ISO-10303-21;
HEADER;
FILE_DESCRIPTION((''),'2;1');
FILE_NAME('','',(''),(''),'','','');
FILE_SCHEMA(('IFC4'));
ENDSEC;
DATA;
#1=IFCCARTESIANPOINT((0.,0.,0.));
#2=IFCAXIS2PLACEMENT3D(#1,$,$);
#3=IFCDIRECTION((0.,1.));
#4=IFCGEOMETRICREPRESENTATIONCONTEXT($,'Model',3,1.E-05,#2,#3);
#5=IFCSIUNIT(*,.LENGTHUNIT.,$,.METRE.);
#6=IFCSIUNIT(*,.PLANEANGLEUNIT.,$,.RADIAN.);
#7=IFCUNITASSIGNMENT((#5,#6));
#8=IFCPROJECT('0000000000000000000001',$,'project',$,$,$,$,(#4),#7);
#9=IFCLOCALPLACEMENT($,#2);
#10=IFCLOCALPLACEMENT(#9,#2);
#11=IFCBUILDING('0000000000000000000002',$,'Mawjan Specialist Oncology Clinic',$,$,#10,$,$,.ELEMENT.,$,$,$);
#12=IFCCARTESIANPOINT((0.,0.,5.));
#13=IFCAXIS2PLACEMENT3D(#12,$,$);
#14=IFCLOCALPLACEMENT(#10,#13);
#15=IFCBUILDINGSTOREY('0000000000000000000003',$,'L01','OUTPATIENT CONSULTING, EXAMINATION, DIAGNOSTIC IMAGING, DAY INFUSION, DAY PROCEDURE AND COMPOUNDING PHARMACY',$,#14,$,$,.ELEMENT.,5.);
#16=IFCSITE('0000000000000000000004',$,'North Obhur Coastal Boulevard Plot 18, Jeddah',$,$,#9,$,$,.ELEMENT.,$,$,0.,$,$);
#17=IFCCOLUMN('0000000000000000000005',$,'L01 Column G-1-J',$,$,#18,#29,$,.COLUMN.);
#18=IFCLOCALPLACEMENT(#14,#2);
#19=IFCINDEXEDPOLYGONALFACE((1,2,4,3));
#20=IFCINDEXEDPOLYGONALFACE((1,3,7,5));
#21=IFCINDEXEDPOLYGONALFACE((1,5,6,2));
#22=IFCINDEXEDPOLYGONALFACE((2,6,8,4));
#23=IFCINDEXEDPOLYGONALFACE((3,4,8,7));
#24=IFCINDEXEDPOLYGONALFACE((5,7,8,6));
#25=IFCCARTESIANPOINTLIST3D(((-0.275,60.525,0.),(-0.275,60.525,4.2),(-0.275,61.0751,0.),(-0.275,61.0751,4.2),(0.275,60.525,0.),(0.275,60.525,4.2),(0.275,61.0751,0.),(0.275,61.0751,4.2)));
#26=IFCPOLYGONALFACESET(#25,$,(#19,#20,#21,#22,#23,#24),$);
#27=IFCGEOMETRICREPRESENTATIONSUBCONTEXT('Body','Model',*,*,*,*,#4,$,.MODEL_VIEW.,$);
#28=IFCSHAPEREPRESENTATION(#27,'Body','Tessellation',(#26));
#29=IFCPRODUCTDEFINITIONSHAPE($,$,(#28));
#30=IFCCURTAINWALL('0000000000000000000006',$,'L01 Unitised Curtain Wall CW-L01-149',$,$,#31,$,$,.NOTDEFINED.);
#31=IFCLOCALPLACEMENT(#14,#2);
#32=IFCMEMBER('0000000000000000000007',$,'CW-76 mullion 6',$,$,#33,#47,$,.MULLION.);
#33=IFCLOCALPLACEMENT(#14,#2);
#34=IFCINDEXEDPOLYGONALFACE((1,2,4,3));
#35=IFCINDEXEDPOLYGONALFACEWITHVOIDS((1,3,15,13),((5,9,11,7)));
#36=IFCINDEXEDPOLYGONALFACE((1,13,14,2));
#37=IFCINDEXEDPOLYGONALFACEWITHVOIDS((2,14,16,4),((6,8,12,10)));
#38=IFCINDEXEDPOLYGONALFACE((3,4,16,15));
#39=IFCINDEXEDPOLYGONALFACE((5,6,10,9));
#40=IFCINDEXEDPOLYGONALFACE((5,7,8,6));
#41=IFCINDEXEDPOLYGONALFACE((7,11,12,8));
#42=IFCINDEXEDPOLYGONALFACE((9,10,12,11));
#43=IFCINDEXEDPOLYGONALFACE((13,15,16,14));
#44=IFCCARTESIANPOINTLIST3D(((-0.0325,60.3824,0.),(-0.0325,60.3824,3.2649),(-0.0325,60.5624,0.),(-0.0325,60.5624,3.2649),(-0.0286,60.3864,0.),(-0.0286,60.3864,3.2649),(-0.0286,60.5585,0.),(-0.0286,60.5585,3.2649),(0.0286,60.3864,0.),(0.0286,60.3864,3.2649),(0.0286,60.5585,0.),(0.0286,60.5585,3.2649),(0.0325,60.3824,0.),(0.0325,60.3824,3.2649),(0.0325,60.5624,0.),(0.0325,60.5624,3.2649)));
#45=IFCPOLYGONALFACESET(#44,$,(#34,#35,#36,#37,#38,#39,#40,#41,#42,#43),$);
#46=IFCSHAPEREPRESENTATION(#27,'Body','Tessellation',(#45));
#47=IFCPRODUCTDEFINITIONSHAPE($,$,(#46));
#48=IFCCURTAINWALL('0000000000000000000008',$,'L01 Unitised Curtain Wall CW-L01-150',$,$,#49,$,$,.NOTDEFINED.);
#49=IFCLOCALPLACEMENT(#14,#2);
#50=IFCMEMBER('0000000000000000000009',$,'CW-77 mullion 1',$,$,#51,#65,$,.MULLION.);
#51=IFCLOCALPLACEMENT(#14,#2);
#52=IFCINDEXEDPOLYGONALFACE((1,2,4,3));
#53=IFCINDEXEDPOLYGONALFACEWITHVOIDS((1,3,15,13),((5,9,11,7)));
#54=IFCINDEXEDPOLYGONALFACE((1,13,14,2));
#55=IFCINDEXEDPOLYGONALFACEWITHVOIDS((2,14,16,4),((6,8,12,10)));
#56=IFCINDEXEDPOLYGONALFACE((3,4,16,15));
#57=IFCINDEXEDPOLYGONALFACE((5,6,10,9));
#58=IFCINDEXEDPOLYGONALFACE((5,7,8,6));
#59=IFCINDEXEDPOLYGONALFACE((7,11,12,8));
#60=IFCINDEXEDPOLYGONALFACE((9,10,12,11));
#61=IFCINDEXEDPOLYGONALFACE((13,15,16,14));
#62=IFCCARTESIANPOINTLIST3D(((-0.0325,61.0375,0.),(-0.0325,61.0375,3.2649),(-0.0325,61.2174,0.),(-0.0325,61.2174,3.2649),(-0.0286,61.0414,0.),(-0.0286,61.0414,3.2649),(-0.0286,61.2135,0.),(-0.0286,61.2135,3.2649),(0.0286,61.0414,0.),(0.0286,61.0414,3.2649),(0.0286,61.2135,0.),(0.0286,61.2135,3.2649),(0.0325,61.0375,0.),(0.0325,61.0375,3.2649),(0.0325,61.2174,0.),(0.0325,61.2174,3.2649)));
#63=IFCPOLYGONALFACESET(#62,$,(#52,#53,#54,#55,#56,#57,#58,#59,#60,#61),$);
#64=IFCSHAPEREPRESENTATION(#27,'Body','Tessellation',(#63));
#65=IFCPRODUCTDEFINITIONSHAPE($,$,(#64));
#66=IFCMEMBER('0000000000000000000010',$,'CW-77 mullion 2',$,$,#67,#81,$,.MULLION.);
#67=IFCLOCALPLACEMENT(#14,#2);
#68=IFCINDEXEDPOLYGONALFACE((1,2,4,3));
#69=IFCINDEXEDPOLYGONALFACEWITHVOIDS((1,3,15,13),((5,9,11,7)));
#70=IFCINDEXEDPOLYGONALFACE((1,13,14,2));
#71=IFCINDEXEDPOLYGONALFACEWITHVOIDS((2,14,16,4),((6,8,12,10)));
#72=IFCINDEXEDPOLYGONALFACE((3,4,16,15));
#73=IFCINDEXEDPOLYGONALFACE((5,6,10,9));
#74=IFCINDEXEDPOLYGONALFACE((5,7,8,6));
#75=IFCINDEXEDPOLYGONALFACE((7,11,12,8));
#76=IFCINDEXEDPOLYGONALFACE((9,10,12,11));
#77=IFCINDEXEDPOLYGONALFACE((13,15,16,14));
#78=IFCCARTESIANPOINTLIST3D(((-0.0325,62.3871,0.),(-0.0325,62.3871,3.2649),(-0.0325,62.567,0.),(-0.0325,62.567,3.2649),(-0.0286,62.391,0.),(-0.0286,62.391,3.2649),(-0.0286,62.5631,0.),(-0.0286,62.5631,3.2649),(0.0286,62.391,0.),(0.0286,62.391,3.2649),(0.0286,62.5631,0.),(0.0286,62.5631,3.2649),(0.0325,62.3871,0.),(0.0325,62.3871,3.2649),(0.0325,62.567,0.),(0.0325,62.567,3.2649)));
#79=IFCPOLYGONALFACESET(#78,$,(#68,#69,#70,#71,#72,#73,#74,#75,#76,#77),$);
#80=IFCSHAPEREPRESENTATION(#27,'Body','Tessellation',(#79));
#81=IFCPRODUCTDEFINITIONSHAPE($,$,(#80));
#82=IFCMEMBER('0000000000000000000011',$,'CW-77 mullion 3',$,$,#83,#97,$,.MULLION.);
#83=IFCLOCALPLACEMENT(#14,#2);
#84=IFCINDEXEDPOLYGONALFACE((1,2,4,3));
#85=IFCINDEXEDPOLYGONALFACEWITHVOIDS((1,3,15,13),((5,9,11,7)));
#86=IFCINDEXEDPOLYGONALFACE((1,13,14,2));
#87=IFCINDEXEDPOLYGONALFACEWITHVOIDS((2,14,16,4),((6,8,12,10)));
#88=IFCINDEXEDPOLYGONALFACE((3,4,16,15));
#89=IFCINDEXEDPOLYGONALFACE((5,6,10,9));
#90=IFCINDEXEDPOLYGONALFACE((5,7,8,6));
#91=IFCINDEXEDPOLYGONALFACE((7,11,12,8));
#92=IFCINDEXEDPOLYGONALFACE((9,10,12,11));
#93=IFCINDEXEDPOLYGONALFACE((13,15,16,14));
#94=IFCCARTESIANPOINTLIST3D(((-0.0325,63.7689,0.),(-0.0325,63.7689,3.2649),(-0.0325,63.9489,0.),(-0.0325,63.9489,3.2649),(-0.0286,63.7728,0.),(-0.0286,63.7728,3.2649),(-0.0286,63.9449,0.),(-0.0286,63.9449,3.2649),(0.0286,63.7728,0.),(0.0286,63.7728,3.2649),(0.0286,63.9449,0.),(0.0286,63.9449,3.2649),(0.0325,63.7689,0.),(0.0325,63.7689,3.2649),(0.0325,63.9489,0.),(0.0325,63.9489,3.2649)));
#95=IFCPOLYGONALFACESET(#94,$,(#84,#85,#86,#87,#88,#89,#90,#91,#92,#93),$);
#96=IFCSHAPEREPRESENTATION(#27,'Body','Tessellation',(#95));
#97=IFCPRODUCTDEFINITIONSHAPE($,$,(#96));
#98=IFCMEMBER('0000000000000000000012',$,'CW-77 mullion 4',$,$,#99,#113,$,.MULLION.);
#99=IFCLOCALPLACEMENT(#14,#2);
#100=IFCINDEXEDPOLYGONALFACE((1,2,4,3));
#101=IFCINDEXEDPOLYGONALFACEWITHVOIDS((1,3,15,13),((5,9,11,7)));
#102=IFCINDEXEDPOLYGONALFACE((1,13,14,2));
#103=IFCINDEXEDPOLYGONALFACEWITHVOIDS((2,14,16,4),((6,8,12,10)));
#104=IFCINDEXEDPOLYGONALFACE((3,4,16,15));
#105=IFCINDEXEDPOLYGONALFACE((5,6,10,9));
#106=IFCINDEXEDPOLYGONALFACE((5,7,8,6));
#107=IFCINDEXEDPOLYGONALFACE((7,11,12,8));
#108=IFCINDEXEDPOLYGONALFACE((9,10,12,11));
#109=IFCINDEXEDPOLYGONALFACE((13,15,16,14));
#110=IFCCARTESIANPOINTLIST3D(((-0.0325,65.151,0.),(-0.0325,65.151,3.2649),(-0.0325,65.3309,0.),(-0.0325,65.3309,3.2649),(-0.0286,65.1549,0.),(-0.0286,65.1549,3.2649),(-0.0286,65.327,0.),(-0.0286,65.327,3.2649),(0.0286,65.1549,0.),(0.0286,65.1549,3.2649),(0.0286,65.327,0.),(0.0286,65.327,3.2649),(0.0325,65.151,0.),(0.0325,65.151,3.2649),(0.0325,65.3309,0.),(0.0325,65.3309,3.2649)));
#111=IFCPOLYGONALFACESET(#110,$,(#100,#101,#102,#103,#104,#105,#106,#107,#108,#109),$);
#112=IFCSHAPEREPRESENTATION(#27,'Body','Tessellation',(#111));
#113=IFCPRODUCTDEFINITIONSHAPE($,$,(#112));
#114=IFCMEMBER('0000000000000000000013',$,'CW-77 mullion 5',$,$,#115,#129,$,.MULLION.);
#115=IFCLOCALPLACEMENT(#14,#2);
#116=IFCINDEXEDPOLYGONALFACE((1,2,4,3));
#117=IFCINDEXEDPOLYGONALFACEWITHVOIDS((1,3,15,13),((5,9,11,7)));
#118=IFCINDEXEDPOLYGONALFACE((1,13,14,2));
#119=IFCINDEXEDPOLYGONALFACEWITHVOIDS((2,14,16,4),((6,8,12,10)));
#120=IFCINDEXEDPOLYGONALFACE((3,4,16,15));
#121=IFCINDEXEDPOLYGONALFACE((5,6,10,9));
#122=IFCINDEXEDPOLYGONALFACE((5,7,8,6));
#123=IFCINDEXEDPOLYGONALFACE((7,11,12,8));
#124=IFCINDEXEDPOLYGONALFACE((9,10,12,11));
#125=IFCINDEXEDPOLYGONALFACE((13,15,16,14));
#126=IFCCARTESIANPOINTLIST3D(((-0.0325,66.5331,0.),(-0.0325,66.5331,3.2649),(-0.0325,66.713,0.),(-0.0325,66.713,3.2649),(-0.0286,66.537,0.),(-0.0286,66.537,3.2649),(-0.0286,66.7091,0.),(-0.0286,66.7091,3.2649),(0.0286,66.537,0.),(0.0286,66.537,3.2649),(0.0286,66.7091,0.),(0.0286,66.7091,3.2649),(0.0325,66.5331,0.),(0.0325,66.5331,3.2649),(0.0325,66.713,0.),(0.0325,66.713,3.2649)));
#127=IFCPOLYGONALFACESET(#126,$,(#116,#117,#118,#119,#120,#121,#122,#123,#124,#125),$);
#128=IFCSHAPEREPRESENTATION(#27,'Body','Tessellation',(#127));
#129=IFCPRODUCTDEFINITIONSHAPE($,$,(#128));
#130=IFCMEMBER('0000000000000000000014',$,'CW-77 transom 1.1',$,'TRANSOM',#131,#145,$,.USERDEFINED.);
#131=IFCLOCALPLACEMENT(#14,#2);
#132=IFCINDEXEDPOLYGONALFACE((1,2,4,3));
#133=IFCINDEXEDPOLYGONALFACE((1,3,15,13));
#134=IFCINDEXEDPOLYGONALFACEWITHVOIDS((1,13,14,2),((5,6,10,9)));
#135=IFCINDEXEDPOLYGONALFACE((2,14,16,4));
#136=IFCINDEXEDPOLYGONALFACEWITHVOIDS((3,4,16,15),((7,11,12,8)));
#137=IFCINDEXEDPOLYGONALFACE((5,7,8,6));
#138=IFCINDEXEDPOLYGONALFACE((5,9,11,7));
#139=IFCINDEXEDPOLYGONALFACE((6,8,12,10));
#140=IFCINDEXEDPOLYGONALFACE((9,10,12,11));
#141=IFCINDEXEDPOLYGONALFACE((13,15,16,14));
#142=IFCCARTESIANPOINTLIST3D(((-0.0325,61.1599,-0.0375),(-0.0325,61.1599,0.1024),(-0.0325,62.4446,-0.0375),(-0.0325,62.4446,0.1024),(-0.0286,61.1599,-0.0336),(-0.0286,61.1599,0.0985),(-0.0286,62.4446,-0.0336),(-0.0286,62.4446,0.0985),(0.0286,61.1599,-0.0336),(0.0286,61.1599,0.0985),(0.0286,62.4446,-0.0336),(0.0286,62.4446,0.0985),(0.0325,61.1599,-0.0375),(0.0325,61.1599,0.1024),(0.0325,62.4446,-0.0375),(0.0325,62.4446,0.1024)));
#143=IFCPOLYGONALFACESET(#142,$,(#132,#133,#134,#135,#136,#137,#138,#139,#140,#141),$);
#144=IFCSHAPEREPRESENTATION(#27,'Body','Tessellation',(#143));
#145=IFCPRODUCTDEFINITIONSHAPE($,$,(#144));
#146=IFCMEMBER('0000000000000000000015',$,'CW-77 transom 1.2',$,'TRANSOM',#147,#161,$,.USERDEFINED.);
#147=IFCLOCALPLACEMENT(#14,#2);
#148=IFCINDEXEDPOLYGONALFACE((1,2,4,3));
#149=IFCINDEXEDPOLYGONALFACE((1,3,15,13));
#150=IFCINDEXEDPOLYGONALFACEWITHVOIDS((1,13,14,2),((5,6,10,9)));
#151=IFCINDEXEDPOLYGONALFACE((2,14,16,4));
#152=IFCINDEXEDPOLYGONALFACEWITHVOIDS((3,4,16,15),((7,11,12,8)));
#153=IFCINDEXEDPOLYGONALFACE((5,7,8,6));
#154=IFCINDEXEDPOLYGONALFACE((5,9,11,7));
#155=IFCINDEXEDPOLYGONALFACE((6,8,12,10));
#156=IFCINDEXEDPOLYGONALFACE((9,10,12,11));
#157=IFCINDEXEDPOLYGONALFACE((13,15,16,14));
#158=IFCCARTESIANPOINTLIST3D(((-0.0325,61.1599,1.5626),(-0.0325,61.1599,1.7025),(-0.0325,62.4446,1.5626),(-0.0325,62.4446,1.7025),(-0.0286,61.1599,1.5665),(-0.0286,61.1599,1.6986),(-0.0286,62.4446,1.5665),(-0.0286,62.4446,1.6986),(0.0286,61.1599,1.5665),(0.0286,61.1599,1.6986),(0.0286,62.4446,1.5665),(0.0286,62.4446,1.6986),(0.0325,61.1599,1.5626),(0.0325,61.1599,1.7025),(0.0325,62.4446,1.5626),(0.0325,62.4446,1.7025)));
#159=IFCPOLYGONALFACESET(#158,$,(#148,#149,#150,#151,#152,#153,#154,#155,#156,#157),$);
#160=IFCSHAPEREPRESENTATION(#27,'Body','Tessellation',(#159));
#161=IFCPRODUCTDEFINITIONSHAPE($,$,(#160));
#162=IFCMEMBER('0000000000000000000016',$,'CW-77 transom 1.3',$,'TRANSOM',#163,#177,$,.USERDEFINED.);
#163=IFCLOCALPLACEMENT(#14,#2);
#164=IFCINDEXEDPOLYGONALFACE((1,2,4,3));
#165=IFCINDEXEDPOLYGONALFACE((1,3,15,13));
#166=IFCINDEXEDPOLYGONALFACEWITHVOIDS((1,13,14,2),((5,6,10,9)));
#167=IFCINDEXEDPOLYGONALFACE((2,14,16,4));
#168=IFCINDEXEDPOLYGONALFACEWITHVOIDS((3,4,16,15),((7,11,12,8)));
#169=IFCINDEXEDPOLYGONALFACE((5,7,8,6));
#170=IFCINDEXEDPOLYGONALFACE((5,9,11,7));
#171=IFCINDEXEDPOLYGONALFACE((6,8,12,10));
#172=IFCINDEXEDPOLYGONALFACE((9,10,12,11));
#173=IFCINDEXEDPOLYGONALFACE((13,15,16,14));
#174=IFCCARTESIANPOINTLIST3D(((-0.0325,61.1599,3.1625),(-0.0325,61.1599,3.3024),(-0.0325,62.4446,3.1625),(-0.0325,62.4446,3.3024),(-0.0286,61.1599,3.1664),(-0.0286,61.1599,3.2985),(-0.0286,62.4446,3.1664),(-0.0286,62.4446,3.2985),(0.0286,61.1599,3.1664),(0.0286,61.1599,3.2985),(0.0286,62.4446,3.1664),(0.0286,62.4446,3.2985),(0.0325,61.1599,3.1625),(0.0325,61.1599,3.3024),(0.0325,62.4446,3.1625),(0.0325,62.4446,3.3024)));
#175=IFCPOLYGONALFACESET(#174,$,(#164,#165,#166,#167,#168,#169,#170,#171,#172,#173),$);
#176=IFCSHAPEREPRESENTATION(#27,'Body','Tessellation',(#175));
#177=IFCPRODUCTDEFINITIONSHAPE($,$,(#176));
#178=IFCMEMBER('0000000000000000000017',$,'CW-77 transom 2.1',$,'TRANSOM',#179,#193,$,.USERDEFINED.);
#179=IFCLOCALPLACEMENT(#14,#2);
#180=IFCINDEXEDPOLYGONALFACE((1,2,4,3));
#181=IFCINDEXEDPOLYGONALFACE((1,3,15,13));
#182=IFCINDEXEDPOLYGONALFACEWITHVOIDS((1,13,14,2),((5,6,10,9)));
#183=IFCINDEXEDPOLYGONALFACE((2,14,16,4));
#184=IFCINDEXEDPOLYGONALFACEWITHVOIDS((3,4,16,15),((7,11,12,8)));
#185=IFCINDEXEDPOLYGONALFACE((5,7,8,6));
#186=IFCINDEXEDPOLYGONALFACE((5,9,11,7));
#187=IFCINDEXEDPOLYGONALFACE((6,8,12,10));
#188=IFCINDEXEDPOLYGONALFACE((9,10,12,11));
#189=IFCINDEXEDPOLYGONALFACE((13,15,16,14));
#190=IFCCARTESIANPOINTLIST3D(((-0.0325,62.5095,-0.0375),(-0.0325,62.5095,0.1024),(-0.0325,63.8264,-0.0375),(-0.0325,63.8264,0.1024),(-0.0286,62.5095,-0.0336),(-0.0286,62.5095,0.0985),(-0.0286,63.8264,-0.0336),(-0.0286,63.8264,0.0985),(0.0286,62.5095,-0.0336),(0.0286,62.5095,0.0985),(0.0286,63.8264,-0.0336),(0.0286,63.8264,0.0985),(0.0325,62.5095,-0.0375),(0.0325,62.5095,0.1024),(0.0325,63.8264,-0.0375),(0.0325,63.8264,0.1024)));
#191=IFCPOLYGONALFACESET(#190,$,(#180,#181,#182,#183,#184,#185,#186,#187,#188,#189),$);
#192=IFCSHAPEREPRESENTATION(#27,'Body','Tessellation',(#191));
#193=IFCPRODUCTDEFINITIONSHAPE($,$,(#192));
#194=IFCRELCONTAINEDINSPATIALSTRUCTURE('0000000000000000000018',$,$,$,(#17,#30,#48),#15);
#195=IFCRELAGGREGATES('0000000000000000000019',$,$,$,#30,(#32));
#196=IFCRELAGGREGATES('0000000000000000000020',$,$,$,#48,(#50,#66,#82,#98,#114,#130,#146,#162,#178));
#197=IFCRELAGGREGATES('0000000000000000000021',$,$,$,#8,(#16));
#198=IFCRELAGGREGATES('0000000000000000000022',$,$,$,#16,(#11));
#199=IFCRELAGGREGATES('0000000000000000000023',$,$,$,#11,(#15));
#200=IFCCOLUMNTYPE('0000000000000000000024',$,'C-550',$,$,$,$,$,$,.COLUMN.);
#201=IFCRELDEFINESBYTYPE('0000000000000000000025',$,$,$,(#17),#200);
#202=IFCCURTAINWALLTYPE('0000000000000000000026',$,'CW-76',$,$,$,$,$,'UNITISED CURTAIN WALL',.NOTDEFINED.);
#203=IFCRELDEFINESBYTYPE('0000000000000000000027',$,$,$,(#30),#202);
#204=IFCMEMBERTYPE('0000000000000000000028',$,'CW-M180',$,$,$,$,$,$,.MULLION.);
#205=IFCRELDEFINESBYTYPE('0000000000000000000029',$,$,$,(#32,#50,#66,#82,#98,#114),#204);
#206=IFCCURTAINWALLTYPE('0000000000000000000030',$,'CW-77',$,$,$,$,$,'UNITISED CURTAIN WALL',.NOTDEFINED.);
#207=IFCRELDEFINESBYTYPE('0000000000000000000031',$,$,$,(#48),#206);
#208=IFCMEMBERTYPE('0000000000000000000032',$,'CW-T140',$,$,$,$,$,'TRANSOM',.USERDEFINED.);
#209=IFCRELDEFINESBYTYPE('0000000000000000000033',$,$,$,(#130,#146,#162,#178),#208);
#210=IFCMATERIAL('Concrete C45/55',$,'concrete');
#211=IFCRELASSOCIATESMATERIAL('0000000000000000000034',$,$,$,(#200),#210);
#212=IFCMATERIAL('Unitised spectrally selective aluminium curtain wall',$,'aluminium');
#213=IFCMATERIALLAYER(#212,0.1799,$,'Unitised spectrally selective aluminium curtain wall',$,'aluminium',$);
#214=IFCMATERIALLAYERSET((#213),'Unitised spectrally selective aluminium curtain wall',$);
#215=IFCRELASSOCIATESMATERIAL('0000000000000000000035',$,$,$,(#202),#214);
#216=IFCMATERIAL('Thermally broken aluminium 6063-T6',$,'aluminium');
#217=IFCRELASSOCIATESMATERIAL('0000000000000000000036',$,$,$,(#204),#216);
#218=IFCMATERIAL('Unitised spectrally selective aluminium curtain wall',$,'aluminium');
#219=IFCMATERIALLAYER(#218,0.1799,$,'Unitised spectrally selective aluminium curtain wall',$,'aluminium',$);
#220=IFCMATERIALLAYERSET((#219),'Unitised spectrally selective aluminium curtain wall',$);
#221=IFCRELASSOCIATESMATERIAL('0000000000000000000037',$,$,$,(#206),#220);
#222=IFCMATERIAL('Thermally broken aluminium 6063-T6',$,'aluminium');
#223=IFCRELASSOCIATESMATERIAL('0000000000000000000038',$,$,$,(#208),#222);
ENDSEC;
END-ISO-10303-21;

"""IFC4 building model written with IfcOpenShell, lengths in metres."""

from ifc_helpers import new_model, si_unit, direction, frame, origin, origin_2d, place, context, subcontext, project, spatial, rectangle, hollow_rectangle, extrude, material, layer, layer_set, material_profile, profile_set, type_object, element, aggregate, save


model = new_model("IFC4")

# Units and contexts
model_context = context("Model", 3, precision=1e-05, world=origin(), true_north=direction((0.0, 1.0)))
body_context = subcontext(model_context, "Body", "Model", "MODEL_VIEW")
ifc_project = project(units=[si_unit("LENGTHUNIT", "METRE"), si_unit("PLANEANGLEUNIT", "RADIAN")], contexts=[model_context])

# Site, building, storey
site_placement = place(None, origin())
site = spatial("IfcSite", under=ifc_project, at=site_placement, Name="North Obhur Coastal Boulevard Plot 18, Jeddah", CompositionType="ELEMENT", RefElevation=0.0)
building_placement = place(site_placement, origin())
building = spatial("IfcBuilding", under=site, at=building_placement, Name="Mawjan Specialist Oncology Clinic", CompositionType="ELEMENT")
storey_placement = place(building_placement, frame((0.0, 0.0, 5.0)))
storey = spatial("IfcBuildingStorey", under=building, at=storey_placement, Name="L01", Description="OUTPATIENT CONSULTING, EXAMINATION, DIAGNOSTIC IMAGING, DAY INFUSION, DAY PROCEDURE AND COMPOUNDING PHARMACY", CompositionType="ELEMENT", Elevation=5.0)

# Column
ifc_material_1 = material(Name="Concrete C45/55", Category="concrete")
ifc_material_profile_1 = material_profile(ifc_material_1, rectangle(XDim=0.55, YDim=0.55, at=origin_2d()), Name="RC COL 550x550", Category="concrete")
ifc_profile_set_1 = profile_set([ifc_material_profile_1], Name="Concrete C45/55")
column_type = type_object("IfcColumnType", Name="C-550", PredefinedType="COLUMN", material=ifc_profile_set_1)
column_placement = place(storey_placement, frame((0.0, 60.8, 0.0), z_axis=(0.0, 0.0, 1.0), x_axis=(1.0, 0.0, 0.0)))
element("IfcColumn", 1, at=column_placement, inside=storey, type_object=column_type, Name="L01 Column G-1-J", PredefinedType="COLUMN", context=body_context, shape_type="SweptSolid", body=[
    extrude(rectangle(XDim=0.55, YDim=0.55, at=origin_2d()), origin(), (0.0, 0.0, 1.0), 4.2),
])

# Curtain wall, member
ifc_material_2 = material(Name="Unitised spectrally selective aluminium curtain wall", Category="aluminium")
ifc_layer_1 = layer(ifc_material_2, 0.1799, Name="Unitised spectrally selective aluminium curtain wall", Category="aluminium")
ifc_layer_set_1 = layer_set([ifc_layer_1], Name="Unitised spectrally selective aluminium curtain wall")
curtain_wall_type_1 = type_object("IfcCurtainWallType", Name="CW-76", ElementType="UNITISED CURTAIN WALL", PredefinedType="NOTDEFINED", material=ifc_layer_set_1)
curtain_wall_1_placement = place(storey_placement, origin())
curtain_wall_1 = element("IfcCurtainWall", 2, at=curtain_wall_1_placement, inside=storey, type_object=curtain_wall_type_1, Name="L01 Unitised Curtain Wall CW-L01-149", PredefinedType="NOTDEFINED")
ifc_material_3 = material(Name="Thermally broken aluminium 6063-T6", Category="aluminium")
ifc_material_profile_2 = material_profile(ifc_material_3, hollow_rectangle(XDim=0.0649, YDim=0.1799, WallThickness=0.0039, at=origin_2d()), Name="ALU MULLION 180x65x4", Category="aluminium")
ifc_profile_set_2 = profile_set([ifc_material_profile_2], Name="Thermally broken aluminium 6063-T6")
member_type_1 = type_object("IfcMemberType", Name="CW-M180", PredefinedType="MULLION", material=ifc_profile_set_2)
member_1_placement = place(storey_placement, frame((0.0, 60.4724, 0.0), z_axis=(0.0, 0.0, 1.0), x_axis=(-1.0, 0.0, 0.0)))
member_1 = element("IfcMember", 3, at=member_1_placement, type_object=member_type_1, Name="CW-76 mullion 6", PredefinedType="MULLION", context=body_context, shape_type="SweptSolid", body=[
    extrude(hollow_rectangle(XDim=0.0649, YDim=0.1799, WallThickness=0.0039, at=origin_2d()), origin(), (0.0, 0.0, 1.0), 3.2649),
])
aggregate(curtain_wall_1, [member_1])

# Curtain wall, members
ifc_material_4 = material(Name="Unitised spectrally selective aluminium curtain wall", Category="aluminium")
ifc_layer_2 = layer(ifc_material_4, 0.1799, Name="Unitised spectrally selective aluminium curtain wall", Category="aluminium")
ifc_layer_set_2 = layer_set([ifc_layer_2], Name="Unitised spectrally selective aluminium curtain wall")
curtain_wall_type_2 = type_object("IfcCurtainWallType", Name="CW-77", ElementType="UNITISED CURTAIN WALL", PredefinedType="NOTDEFINED", material=ifc_layer_set_2)
curtain_wall_2_placement = place(storey_placement, origin())
curtain_wall_2 = element("IfcCurtainWall", 4, at=curtain_wall_2_placement, inside=storey, type_object=curtain_wall_type_2, Name="L01 Unitised Curtain Wall CW-L01-150", PredefinedType="NOTDEFINED")
member_2_placement = place(storey_placement, frame((0.0, 61.1274, 0.0), z_axis=(0.0, 0.0, 1.0), x_axis=(-1.0, 0.0, 0.0)))
member_2 = element("IfcMember", 5, at=member_2_placement, type_object=member_type_1, Name="CW-77 mullion 1", PredefinedType="MULLION", context=body_context, shape_type="SweptSolid", body=[
    extrude(hollow_rectangle(XDim=0.0649, YDim=0.1799, WallThickness=0.0039, at=origin_2d()), origin(), (0.0, 0.0, 1.0), 3.2649),
])
member_3_placement = place(storey_placement, frame((0.0, 62.4771, 0.0), z_axis=(0.0, 0.0, 1.0), x_axis=(-1.0, 0.0, 0.0)))
member_3 = element("IfcMember", 6, at=member_3_placement, type_object=member_type_1, Name="CW-77 mullion 2", PredefinedType="MULLION", context=body_context, shape_type="SweptSolid", body=[
    extrude(hollow_rectangle(XDim=0.0649, YDim=0.1799, WallThickness=0.0039, at=origin_2d()), origin(), (0.0, 0.0, 1.0), 3.2649),
])
member_4_placement = place(storey_placement, frame((0.0, 63.8589, 0.0), z_axis=(0.0, 0.0, 1.0), x_axis=(-1.0, 0.0, 0.0)))
member_4 = element("IfcMember", 7, at=member_4_placement, type_object=member_type_1, Name="CW-77 mullion 3", PredefinedType="MULLION", context=body_context, shape_type="SweptSolid", body=[
    extrude(hollow_rectangle(XDim=0.0649, YDim=0.1799, WallThickness=0.0039, at=origin_2d()), origin(), (0.0, 0.0, 1.0), 3.2649),
])
member_5_placement = place(storey_placement, frame((0.0, 65.241, 0.0), z_axis=(0.0, 0.0, 1.0), x_axis=(-1.0, 0.0, 0.0)))
member_5 = element("IfcMember", 8, at=member_5_placement, type_object=member_type_1, Name="CW-77 mullion 4", PredefinedType="MULLION", context=body_context, shape_type="SweptSolid", body=[
    extrude(hollow_rectangle(XDim=0.0649, YDim=0.1799, WallThickness=0.0039, at=origin_2d()), origin(), (0.0, 0.0, 1.0), 3.2649),
])
member_6_placement = place(storey_placement, frame((0.0, 66.623, 0.0), z_axis=(0.0, 0.0, 1.0), x_axis=(-1.0, 0.0, 0.0)))
member_6 = element("IfcMember", 9, at=member_6_placement, type_object=member_type_1, Name="CW-77 mullion 5", PredefinedType="MULLION", context=body_context, shape_type="SweptSolid", body=[
    extrude(hollow_rectangle(XDim=0.0649, YDim=0.1799, WallThickness=0.0039, at=origin_2d()), origin(), (0.0, 0.0, 1.0), 3.2649),
])
ifc_material_5 = material(Name="Thermally broken aluminium 6063-T6", Category="aluminium")
ifc_material_profile_3 = material_profile(ifc_material_5, hollow_rectangle(XDim=0.0649, YDim=0.1399, WallThickness=0.0039, at=origin_2d()), Name="ALU TRANSOM 140x65x4", Category="aluminium")
ifc_profile_set_3 = profile_set([ifc_material_profile_3], Name="Thermally broken aluminium 6063-T6")
member_type_2 = type_object("IfcMemberType", Name="CW-T140", ElementType="TRANSOM", PredefinedType="USERDEFINED", material=ifc_profile_set_3)
member_7_placement = place(storey_placement, frame((0.0, 61.1599, 0.0325), z_axis=(0.0, 1.0, 0.0), x_axis=(-1.0, 0.0, 0.0)))
member_7 = element("IfcMember", 10, at=member_7_placement, type_object=member_type_2, Name="CW-77 transom 1.1", ObjectType="TRANSOM", PredefinedType="USERDEFINED", context=body_context, shape_type="SweptSolid", body=[
    extrude(hollow_rectangle(XDim=0.0649, YDim=0.1399, WallThickness=0.0039, at=origin_2d()), origin(), (0.0, 0.0, 1.0), 1.2847),
])
member_8_placement = place(storey_placement, frame((0.0, 61.1599, 1.6326), z_axis=(0.0, 1.0, 0.0), x_axis=(-1.0, 0.0, 0.0)))
member_8 = element("IfcMember", 11, at=member_8_placement, type_object=member_type_2, Name="CW-77 transom 1.2", ObjectType="TRANSOM", PredefinedType="USERDEFINED", context=body_context, shape_type="SweptSolid", body=[
    extrude(hollow_rectangle(XDim=0.0649, YDim=0.1399, WallThickness=0.0039, at=origin_2d()), origin(), (0.0, 0.0, 1.0), 1.2847),
])
member_9_placement = place(storey_placement, frame((0.0, 61.1599, 3.2324), z_axis=(0.0, 1.0, 0.0), x_axis=(-1.0, 0.0, 0.0)))
member_9 = element("IfcMember", 12, at=member_9_placement, type_object=member_type_2, Name="CW-77 transom 1.3", ObjectType="TRANSOM", PredefinedType="USERDEFINED", context=body_context, shape_type="SweptSolid", body=[
    extrude(hollow_rectangle(XDim=0.0649, YDim=0.1399, WallThickness=0.0039, at=origin_2d()), origin(), (0.0, 0.0, 1.0), 1.2847),
])
member_10_placement = place(storey_placement, frame((0.0, 62.5095, 0.0325), z_axis=(0.0, 1.0, 0.0), x_axis=(-1.0, 0.0, 0.0)))
member_10 = element("IfcMember", 13, at=member_10_placement, type_object=member_type_2, Name="CW-77 transom 2.1", ObjectType="TRANSOM", PredefinedType="USERDEFINED", context=body_context, shape_type="SweptSolid", body=[
    extrude(hollow_rectangle(XDim=0.0649, YDim=0.1399, WallThickness=0.0039, at=origin_2d()), origin(), (0.0, 0.0, 1.0), 1.3169),
])

aggregate(curtain_wall_2, [member_2, member_3, member_4, member_5, member_6, member_7, member_8, member_9, member_10])

save(model, "model.ifc")
